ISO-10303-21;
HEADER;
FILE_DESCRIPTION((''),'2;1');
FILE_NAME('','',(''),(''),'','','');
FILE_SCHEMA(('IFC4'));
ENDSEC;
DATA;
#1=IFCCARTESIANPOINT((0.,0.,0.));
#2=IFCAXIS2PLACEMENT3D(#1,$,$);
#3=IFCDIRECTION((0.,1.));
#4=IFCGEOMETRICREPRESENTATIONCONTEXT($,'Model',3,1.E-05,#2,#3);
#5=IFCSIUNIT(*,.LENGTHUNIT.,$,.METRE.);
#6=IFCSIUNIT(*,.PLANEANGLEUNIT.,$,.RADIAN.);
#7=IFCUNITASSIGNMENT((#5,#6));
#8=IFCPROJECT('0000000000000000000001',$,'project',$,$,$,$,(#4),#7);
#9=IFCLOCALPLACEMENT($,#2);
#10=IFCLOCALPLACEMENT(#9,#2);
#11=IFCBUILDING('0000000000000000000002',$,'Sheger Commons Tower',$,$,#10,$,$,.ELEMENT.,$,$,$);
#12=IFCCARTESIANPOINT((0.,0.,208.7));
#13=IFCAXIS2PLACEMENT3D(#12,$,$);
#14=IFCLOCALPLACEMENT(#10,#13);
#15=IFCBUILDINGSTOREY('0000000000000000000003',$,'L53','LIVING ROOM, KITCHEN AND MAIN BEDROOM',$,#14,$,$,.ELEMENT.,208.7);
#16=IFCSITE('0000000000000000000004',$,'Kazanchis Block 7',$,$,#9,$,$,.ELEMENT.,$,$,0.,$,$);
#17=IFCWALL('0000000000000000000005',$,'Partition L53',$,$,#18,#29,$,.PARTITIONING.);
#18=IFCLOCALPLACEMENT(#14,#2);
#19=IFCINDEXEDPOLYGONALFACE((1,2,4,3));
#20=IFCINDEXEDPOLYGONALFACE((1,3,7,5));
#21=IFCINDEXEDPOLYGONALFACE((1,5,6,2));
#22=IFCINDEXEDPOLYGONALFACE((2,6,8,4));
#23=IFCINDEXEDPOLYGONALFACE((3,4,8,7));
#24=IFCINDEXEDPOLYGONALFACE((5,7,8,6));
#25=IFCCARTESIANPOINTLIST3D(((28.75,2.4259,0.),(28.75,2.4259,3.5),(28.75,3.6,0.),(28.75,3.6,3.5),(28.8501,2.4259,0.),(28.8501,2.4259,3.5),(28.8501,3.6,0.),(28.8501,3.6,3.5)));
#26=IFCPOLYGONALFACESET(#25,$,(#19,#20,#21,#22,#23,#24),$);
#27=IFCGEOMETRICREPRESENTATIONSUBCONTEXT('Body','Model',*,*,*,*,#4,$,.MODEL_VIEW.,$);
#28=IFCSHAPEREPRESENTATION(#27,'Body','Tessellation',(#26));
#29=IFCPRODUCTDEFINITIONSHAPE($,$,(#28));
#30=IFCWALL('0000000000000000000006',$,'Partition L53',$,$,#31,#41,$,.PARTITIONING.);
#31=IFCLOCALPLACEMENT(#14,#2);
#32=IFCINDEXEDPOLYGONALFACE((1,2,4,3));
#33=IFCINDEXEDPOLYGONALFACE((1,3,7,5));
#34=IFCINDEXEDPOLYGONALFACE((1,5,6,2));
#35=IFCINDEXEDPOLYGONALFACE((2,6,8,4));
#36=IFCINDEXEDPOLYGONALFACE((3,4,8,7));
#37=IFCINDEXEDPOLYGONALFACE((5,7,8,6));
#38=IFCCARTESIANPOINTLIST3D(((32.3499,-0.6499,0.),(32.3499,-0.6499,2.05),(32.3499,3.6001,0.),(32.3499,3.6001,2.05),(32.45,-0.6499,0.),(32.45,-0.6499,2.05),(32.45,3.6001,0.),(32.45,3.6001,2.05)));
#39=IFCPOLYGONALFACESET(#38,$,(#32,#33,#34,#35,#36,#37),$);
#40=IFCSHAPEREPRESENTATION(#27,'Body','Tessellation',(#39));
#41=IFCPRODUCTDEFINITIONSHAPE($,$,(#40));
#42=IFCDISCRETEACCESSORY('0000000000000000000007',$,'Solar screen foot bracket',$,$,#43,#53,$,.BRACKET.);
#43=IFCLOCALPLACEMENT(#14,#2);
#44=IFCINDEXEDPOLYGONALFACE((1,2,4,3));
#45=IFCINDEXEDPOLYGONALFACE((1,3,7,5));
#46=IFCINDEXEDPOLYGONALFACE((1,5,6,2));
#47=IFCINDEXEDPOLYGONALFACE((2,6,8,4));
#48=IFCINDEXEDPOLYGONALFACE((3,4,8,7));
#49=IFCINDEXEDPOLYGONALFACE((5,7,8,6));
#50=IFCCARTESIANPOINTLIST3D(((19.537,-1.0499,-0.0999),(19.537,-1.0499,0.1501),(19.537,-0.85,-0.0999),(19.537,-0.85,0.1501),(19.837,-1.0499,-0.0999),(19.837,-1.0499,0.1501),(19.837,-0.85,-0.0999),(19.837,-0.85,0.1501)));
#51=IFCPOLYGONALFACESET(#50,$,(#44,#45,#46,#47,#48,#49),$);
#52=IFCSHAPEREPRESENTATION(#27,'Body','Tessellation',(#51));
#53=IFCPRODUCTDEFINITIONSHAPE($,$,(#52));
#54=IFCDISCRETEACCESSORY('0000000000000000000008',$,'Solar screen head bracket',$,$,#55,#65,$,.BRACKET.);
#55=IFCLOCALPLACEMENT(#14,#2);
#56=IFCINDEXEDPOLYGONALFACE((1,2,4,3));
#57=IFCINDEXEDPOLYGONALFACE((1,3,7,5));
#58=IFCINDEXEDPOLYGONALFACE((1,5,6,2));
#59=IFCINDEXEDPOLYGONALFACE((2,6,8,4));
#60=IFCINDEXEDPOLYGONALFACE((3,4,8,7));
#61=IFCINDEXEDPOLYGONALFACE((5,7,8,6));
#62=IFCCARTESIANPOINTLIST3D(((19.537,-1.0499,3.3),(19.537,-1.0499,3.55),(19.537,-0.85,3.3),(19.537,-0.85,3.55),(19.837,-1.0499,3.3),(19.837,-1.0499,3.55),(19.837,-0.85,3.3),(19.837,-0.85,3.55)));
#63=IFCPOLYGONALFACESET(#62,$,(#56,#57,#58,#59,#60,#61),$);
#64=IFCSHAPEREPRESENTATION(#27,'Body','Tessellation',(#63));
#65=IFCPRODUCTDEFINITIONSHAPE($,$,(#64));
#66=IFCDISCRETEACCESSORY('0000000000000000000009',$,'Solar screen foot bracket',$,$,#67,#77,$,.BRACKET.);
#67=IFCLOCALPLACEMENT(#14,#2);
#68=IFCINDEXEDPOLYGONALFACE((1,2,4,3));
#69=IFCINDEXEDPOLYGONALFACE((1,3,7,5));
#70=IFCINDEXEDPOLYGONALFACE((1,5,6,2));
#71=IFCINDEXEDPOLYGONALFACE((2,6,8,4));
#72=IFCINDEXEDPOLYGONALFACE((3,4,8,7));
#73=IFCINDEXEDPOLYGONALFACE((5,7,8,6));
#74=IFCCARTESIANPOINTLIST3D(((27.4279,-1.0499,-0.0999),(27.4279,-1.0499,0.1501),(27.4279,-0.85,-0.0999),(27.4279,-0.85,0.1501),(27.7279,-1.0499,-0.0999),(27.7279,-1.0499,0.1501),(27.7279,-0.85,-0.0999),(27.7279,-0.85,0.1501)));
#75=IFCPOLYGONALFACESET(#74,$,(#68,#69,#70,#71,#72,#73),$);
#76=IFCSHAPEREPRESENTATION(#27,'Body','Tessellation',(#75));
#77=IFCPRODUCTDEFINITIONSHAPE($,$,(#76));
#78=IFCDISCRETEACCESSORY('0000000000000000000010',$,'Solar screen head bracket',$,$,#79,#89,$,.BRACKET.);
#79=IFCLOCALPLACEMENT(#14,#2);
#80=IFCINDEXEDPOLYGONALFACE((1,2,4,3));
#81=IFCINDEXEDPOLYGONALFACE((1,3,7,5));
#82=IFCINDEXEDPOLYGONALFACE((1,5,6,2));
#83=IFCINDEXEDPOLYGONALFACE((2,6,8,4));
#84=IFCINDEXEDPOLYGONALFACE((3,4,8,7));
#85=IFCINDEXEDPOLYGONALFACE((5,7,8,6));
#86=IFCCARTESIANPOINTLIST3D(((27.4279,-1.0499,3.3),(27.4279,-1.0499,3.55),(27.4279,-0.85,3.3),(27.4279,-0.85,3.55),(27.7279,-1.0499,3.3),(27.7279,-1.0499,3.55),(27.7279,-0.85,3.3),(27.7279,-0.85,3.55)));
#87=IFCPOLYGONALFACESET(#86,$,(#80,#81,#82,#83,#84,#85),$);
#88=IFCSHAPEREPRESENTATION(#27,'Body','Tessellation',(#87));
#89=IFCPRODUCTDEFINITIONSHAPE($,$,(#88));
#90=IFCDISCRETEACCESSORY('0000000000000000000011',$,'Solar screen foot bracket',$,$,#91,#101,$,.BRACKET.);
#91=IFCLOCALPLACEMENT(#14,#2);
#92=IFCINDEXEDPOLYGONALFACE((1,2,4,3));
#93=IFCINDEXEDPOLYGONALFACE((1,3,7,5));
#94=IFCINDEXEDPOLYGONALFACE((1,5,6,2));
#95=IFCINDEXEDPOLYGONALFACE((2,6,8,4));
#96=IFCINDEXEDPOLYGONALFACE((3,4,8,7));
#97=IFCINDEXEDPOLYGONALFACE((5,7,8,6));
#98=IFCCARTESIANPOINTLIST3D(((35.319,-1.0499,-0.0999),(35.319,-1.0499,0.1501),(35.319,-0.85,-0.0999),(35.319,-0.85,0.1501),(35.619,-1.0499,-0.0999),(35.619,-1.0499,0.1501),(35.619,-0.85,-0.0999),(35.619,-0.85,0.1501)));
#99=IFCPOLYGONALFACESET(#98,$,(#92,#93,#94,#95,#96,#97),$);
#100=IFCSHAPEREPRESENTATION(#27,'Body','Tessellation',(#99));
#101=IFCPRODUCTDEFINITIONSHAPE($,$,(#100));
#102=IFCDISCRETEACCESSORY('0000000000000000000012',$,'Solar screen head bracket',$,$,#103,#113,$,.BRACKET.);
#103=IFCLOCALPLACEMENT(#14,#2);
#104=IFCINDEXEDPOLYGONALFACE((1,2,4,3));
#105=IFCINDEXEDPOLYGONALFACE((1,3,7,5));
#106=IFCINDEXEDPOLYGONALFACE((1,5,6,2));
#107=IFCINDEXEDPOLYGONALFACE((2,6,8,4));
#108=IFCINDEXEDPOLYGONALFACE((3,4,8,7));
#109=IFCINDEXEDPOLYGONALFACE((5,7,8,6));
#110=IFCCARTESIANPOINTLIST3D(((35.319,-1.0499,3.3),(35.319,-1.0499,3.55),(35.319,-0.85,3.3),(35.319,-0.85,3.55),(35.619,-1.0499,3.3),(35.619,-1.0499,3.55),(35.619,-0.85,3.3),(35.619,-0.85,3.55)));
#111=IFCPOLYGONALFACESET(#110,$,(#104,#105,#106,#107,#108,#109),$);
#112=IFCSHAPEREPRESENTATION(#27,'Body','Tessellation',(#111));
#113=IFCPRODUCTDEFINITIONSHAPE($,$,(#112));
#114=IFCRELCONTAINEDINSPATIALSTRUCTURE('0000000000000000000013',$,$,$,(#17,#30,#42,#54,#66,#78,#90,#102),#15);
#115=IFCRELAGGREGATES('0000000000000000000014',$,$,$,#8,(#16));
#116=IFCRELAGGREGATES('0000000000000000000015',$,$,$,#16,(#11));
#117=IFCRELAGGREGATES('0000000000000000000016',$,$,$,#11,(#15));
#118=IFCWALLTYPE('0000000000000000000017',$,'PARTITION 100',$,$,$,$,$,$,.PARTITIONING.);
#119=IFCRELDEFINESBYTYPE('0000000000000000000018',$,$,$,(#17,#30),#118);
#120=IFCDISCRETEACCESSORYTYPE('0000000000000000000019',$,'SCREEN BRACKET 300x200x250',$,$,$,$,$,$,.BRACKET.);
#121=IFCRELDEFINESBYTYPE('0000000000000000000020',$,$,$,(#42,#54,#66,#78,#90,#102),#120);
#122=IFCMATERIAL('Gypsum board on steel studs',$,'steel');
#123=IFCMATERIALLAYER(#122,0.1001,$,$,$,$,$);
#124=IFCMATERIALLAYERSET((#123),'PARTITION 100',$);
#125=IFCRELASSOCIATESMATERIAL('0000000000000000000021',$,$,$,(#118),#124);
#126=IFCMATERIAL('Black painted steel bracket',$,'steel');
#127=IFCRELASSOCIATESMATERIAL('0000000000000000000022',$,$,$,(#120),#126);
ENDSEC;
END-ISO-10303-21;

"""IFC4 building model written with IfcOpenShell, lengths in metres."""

from ifc_helpers import new_model, si_unit, direction, frame, frame_2d, origin, origin_2d, place, context, subcontext, project, spatial, rectangle, extrude, material, layer, layer_set, type_object, element, save


model = new_model("IFC4")

# Units and contexts
model_context = context("Model", 3, precision=1e-05, world=origin(), true_north=direction((0.0, 1.0)))
body_context = subcontext(model_context, "Body", "Model", "MODEL_VIEW")
ifc_project = project(units=[si_unit("LENGTHUNIT", "METRE"), si_unit("PLANEANGLEUNIT", "RADIAN")], contexts=[model_context])

# Site, building, storey
site_placement = place(None, origin())
site = spatial("IfcSite", under=ifc_project, at=site_placement, Name="Kazanchis Block 7", CompositionType="ELEMENT", RefElevation=0.0)
building_placement = place(site_placement, origin())
building = spatial("IfcBuilding", under=site, at=building_placement, Name="Sheger Commons Tower", CompositionType="ELEMENT")
storey_placement = place(building_placement, frame((0.0, 0.0, 208.7)))
storey = spatial("IfcBuildingStorey", under=building, at=storey_placement, Name="L53", Description="LIVING ROOM, KITCHEN AND MAIN BEDROOM", CompositionType="ELEMENT", Elevation=208.7)

# Shared definitions
ifc_material_1 = material(Name="Gypsum board on steel studs", Category="steel")
ifc_layer_1 = layer(ifc_material_1, 0.1001)
ifc_layer_set_1 = layer_set([ifc_layer_1], Name="PARTITION 100")
wall_type_1 = type_object("IfcWallType", Name="PARTITION 100", PredefinedType="PARTITIONING", material=ifc_layer_set_1)

# Walls
wall_1_placement = place(storey_placement, frame((28.8, 2.426, 0.0), z_axis=(0.0, 0.0, 1.0), x_axis=(0.0, 1.0, 0.0)))
element("IfcWall", 1, at=wall_1_placement, inside=storey, type_object=wall_type_1, Name="Partition L53", PredefinedType="PARTITIONING", context=body_context, shape_type="SweptSolid", body=[
    extrude(rectangle(XDim=1.1741, YDim=0.1001, at=frame_2d((0.5869, 0.0))), origin(), (0.0, 0.0, 1.0), 3.5),
])
wall_2_placement = place(storey_placement, frame((32.3999, -0.6499, 0.0), z_axis=(0.0, 0.0, 1.0), x_axis=(0.0, 1.0, 0.0)))
element("IfcWall", 2, at=wall_2_placement, inside=storey, type_object=wall_type_1, Name="Partition L53", PredefinedType="PARTITIONING", context=body_context, shape_type="SweptSolid", body=[
    extrude(rectangle(XDim=4.25, YDim=0.1001, at=frame_2d((2.125, 0.0))), origin(), (0.0, 0.0, 1.0), 2.05),
])

# Discrete accessories
ifc_material_2 = material(Name="Black painted steel bracket", Category="steel")
discrete_accessory_type = type_object("IfcDiscreteAccessoryType", Name="SCREEN BRACKET 300x200x250", PredefinedType="BRACKET", material=ifc_material_2)
for number, where, z_axis, x_axis, name in (
    (3, (19.687, -0.95, -0.0999), (0.0, 0.0, 1.0), (1.0, 0.0, 0.0), "Solar screen foot bracket"),
    (4, (19.687, -0.95, 3.3), (0.0, 0.0, 1.0), (1.0, 0.0, 0.0), "Solar screen head bracket"),
    (5, (27.5779, -0.95, -0.0999), (0.0, 0.0, 1.0), (1.0, 0.0, 0.0), "Solar screen foot bracket"),
    (6, (27.5779, -0.95, 3.3), (0.0, 0.0, 1.0), (1.0, 0.0, 0.0), "Solar screen head bracket"),
    (7, (35.469, -0.95, -0.0999), (0.0, 0.0, 1.0), (1.0, 0.0, 0.0), "Solar screen foot bracket"),
    (8, (35.469, -0.95, 3.3), (0.0, 0.0, 1.0), (1.0, 0.0, 0.0), "Solar screen head bracket"),
):
    element("IfcDiscreteAccessory", number, at=place(storey_placement, frame(where, z_axis=z_axis, x_axis=x_axis)), inside=storey, type_object=discrete_accessory_type, Name=name, PredefinedType="BRACKET", context=body_context, shape_type="SweptSolid", body=[
        extrude(rectangle(XDim=0.3, YDim=0.2, at=origin_2d()), origin(), (0.0, 0.0, 1.0), 0.25),
    ])

save(model, "model.ifc")
